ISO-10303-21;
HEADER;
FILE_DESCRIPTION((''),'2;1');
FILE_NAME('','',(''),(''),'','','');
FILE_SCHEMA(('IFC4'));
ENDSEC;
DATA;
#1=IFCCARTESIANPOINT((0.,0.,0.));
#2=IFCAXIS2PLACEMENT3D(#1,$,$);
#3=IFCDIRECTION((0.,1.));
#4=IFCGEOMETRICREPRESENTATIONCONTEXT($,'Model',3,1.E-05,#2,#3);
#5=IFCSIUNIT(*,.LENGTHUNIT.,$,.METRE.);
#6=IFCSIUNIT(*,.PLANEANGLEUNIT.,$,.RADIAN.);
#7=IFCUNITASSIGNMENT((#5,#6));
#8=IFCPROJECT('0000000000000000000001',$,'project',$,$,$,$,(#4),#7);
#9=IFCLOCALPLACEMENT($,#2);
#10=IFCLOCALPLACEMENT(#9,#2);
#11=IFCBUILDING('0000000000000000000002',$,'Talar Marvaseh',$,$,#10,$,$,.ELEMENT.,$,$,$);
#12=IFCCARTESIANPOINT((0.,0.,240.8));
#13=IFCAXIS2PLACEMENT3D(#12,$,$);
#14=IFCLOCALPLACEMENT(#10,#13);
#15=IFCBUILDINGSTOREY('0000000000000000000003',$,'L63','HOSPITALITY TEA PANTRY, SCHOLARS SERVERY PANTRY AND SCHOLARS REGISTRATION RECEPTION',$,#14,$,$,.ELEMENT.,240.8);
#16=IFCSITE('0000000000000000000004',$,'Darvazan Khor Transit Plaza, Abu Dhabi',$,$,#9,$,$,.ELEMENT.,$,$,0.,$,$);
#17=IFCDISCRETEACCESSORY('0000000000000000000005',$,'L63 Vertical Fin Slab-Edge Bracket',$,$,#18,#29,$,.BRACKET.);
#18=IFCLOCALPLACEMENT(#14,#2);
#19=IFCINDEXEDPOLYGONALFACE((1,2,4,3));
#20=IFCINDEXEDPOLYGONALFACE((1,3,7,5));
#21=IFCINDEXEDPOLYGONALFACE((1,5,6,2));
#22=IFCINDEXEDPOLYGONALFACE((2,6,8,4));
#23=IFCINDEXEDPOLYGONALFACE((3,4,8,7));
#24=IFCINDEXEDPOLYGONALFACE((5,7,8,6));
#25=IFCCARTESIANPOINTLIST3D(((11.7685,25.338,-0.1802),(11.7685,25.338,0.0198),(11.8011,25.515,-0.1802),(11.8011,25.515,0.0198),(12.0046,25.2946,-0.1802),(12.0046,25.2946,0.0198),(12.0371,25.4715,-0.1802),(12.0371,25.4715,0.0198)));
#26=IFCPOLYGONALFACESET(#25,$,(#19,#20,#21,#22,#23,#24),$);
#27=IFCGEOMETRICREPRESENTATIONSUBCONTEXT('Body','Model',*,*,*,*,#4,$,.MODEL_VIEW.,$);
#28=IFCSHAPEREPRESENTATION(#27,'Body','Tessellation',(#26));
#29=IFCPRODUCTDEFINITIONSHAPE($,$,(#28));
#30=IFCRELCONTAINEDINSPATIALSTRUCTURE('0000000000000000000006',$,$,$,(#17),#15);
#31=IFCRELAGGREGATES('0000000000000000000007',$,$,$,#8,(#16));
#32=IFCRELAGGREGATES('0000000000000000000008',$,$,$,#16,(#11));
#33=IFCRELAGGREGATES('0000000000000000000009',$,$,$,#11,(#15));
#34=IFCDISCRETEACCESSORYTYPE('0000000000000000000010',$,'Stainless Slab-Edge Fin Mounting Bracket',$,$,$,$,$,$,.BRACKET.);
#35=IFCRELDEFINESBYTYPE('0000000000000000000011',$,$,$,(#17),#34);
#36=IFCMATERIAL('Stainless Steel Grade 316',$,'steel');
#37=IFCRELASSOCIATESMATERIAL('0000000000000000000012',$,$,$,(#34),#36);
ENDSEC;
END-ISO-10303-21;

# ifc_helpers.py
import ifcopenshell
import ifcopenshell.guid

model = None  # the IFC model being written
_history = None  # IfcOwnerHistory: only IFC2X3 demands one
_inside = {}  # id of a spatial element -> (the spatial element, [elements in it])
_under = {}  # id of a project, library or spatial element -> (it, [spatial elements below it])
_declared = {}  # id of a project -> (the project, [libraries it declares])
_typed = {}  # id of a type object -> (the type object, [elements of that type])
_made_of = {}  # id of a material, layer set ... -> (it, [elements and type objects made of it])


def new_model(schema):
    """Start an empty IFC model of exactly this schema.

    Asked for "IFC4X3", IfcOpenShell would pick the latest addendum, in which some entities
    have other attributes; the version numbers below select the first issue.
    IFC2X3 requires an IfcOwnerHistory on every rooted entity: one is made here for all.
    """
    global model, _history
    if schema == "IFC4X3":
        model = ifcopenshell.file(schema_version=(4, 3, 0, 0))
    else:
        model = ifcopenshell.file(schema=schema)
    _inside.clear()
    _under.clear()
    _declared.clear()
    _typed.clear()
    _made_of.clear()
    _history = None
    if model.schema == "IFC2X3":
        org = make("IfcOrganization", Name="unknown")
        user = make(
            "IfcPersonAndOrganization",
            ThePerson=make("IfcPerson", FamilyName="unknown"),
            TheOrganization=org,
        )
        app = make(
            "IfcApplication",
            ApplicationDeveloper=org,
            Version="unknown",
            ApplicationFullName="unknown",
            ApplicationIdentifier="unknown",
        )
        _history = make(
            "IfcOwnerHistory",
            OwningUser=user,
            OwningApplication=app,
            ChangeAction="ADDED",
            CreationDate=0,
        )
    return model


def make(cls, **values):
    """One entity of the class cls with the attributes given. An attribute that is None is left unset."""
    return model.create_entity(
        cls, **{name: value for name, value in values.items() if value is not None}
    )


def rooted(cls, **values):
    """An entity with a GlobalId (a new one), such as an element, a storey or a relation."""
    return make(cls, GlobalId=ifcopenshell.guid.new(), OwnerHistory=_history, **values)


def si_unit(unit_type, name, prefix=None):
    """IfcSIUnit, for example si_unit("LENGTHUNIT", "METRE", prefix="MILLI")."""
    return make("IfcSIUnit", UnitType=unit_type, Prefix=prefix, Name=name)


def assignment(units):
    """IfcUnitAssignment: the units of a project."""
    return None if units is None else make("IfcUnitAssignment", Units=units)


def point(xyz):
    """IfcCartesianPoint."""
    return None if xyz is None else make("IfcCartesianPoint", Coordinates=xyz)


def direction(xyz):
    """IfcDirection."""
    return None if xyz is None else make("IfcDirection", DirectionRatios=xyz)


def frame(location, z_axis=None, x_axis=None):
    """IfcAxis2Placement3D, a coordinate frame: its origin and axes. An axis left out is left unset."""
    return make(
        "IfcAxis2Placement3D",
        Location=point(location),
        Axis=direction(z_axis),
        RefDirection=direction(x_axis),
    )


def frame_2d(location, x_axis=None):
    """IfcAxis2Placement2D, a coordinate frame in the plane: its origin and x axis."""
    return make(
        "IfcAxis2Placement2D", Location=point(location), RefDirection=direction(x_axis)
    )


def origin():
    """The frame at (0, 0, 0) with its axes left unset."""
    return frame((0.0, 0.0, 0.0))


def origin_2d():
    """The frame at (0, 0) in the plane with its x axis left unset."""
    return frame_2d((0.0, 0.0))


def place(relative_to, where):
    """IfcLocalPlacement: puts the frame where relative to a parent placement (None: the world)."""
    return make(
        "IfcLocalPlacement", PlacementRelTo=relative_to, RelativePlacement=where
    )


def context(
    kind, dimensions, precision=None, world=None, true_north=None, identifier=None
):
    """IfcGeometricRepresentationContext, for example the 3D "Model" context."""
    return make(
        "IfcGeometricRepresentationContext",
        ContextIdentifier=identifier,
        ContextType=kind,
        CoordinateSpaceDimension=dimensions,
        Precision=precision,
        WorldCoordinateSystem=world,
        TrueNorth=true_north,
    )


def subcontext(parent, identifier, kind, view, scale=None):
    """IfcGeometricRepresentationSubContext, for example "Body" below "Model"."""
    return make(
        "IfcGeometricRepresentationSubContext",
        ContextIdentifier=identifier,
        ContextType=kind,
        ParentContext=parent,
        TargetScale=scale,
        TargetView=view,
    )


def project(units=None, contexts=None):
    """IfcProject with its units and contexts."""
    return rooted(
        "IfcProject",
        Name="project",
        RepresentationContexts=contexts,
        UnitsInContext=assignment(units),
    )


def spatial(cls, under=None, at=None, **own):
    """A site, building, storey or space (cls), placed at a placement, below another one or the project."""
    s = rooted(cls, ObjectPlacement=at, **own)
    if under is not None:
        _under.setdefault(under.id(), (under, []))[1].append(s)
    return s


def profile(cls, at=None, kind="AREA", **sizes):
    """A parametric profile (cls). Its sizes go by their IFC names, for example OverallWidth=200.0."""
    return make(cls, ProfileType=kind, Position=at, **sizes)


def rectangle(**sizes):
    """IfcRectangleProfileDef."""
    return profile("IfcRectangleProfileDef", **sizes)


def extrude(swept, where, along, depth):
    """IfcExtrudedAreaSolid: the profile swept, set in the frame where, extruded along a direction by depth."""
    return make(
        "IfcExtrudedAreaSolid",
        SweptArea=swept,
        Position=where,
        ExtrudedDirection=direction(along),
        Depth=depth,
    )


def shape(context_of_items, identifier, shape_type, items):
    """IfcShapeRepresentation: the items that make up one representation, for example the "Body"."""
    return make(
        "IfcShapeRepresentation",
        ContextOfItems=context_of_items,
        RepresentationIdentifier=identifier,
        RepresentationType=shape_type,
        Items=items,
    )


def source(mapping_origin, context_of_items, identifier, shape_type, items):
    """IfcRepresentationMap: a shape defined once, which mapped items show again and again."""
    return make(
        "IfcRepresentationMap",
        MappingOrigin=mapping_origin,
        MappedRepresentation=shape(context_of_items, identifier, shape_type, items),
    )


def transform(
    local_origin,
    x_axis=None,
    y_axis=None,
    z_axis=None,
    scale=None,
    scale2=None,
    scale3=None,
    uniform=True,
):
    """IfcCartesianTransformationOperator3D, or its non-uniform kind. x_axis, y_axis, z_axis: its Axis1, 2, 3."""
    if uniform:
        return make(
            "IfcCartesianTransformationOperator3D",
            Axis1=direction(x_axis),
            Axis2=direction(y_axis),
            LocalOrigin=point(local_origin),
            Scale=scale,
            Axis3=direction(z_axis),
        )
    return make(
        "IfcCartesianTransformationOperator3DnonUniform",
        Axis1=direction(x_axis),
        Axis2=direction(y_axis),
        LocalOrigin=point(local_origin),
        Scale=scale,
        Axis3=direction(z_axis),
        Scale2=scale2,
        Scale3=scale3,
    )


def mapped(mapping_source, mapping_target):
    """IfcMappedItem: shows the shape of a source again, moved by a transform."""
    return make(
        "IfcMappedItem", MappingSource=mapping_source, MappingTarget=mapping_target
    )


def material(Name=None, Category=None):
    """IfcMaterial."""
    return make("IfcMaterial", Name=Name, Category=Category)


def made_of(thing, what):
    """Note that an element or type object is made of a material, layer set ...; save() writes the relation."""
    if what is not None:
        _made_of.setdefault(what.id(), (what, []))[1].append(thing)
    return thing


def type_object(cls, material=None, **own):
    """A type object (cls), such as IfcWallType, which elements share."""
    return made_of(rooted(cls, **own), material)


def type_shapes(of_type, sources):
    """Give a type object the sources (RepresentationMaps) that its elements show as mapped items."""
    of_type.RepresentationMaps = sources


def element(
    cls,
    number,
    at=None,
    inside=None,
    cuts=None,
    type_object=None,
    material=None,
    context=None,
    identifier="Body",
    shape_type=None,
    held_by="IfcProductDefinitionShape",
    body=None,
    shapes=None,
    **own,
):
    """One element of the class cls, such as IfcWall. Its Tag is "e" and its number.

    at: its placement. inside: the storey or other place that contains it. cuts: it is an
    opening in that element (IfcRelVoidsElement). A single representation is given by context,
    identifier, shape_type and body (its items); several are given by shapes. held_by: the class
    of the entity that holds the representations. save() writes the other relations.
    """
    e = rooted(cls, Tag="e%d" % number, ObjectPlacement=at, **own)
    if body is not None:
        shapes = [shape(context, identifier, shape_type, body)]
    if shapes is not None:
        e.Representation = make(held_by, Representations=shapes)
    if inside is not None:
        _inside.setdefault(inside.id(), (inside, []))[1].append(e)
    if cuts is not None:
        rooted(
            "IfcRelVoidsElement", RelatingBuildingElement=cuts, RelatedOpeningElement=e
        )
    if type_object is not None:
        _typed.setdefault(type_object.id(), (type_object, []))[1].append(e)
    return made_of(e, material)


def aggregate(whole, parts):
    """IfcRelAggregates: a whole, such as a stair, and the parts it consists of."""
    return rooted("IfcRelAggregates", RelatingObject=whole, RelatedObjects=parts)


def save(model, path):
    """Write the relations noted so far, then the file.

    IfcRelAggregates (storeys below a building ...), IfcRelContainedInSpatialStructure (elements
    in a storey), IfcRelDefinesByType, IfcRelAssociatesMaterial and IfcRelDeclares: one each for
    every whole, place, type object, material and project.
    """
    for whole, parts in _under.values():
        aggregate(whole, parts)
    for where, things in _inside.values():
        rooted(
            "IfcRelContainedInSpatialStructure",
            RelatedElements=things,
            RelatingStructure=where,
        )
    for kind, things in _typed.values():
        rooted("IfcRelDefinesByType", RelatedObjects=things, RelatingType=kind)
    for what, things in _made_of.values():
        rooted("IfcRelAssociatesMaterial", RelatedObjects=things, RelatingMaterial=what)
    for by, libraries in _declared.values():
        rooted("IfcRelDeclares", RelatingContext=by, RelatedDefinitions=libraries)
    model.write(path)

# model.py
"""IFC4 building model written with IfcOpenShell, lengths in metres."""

from ifc_helpers import new_model, si_unit, direction, frame, origin, origin_2d, place, context, subcontext, project, spatial, rectangle, extrude, source, transform, mapped, material, type_object, type_shapes, element, save


model = new_model("IFC4")

# Units and contexts
model_context = context("Model", 3, precision=1e-05, world=origin(), true_north=direction((0.0, 1.0)))
body_context = subcontext(model_context, "Body", "Model", "MODEL_VIEW")
ifc_project = project(units=[si_unit("LENGTHUNIT", "METRE"), si_unit("PLANEANGLEUNIT", "RADIAN")], contexts=[model_context])

# Site, building, storey
site_placement = place(None, origin())
site = spatial("IfcSite", under=ifc_project, at=site_placement, Name="Darvazan Khor Transit Plaza, Abu Dhabi", CompositionType="ELEMENT", RefElevation=0.0)
building_placement = place(site_placement, origin())
building = spatial("IfcBuilding", under=site, at=building_placement, Name="Talar Marvaseh", CompositionType="ELEMENT")
storey_placement = place(building_placement, frame((0.0, 0.0, 240.8)))
storey = spatial("IfcBuildingStorey", under=building, at=storey_placement, Name="L63", Description="HOSPITALITY TEA PANTRY, SCHOLARS SERVERY PANTRY AND SCHOLARS REGISTRATION RECEPTION", CompositionType="ELEMENT", Elevation=240.8)

# Discrete accessory
ifc_material_1 = material(Name="Stainless Steel Grade 316", Category="steel")
discrete_accessory_type = type_object("IfcDiscreteAccessoryType", Name="Stainless Slab-Edge Fin Mounting Bracket", PredefinedType="BRACKET", material=ifc_material_1)
shared_shape_1 = source(origin(), body_context, "Body", "SweptSolid", [
    extrude(rectangle(XDim=0.24, YDim=0.1799, at=origin_2d()), origin(), (0.0, 0.0, 1.0), 0.2),
])
type_shapes(discrete_accessory_type, [shared_shape_1])
for number, where, z_axis, x_axis, name in (
    (1, (11.9028, 25.4048, -0.1802), (0.0, 0.0, 1.0), (-0.983477, 0.181034, 0.0), "L63 Vertical Fin Slab-Edge Bracket"),
):
    element("IfcDiscreteAccessory", number, at=place(storey_placement, frame(where, z_axis=z_axis, x_axis=x_axis)), inside=storey, type_object=discrete_accessory_type, Name=name, PredefinedType="BRACKET", context=body_context, shape_type="MappedRepresentation", body=[
        mapped(shared_shape_1, transform((0.0, 0.0, 0.0), x_axis=(1.0, 0.0, 0.0), y_axis=(0.0, 1.0, 0.0), z_axis=(0.0, 0.0, 1.0), scale=1.0)),
    ])

save(model, "model.ifc")
